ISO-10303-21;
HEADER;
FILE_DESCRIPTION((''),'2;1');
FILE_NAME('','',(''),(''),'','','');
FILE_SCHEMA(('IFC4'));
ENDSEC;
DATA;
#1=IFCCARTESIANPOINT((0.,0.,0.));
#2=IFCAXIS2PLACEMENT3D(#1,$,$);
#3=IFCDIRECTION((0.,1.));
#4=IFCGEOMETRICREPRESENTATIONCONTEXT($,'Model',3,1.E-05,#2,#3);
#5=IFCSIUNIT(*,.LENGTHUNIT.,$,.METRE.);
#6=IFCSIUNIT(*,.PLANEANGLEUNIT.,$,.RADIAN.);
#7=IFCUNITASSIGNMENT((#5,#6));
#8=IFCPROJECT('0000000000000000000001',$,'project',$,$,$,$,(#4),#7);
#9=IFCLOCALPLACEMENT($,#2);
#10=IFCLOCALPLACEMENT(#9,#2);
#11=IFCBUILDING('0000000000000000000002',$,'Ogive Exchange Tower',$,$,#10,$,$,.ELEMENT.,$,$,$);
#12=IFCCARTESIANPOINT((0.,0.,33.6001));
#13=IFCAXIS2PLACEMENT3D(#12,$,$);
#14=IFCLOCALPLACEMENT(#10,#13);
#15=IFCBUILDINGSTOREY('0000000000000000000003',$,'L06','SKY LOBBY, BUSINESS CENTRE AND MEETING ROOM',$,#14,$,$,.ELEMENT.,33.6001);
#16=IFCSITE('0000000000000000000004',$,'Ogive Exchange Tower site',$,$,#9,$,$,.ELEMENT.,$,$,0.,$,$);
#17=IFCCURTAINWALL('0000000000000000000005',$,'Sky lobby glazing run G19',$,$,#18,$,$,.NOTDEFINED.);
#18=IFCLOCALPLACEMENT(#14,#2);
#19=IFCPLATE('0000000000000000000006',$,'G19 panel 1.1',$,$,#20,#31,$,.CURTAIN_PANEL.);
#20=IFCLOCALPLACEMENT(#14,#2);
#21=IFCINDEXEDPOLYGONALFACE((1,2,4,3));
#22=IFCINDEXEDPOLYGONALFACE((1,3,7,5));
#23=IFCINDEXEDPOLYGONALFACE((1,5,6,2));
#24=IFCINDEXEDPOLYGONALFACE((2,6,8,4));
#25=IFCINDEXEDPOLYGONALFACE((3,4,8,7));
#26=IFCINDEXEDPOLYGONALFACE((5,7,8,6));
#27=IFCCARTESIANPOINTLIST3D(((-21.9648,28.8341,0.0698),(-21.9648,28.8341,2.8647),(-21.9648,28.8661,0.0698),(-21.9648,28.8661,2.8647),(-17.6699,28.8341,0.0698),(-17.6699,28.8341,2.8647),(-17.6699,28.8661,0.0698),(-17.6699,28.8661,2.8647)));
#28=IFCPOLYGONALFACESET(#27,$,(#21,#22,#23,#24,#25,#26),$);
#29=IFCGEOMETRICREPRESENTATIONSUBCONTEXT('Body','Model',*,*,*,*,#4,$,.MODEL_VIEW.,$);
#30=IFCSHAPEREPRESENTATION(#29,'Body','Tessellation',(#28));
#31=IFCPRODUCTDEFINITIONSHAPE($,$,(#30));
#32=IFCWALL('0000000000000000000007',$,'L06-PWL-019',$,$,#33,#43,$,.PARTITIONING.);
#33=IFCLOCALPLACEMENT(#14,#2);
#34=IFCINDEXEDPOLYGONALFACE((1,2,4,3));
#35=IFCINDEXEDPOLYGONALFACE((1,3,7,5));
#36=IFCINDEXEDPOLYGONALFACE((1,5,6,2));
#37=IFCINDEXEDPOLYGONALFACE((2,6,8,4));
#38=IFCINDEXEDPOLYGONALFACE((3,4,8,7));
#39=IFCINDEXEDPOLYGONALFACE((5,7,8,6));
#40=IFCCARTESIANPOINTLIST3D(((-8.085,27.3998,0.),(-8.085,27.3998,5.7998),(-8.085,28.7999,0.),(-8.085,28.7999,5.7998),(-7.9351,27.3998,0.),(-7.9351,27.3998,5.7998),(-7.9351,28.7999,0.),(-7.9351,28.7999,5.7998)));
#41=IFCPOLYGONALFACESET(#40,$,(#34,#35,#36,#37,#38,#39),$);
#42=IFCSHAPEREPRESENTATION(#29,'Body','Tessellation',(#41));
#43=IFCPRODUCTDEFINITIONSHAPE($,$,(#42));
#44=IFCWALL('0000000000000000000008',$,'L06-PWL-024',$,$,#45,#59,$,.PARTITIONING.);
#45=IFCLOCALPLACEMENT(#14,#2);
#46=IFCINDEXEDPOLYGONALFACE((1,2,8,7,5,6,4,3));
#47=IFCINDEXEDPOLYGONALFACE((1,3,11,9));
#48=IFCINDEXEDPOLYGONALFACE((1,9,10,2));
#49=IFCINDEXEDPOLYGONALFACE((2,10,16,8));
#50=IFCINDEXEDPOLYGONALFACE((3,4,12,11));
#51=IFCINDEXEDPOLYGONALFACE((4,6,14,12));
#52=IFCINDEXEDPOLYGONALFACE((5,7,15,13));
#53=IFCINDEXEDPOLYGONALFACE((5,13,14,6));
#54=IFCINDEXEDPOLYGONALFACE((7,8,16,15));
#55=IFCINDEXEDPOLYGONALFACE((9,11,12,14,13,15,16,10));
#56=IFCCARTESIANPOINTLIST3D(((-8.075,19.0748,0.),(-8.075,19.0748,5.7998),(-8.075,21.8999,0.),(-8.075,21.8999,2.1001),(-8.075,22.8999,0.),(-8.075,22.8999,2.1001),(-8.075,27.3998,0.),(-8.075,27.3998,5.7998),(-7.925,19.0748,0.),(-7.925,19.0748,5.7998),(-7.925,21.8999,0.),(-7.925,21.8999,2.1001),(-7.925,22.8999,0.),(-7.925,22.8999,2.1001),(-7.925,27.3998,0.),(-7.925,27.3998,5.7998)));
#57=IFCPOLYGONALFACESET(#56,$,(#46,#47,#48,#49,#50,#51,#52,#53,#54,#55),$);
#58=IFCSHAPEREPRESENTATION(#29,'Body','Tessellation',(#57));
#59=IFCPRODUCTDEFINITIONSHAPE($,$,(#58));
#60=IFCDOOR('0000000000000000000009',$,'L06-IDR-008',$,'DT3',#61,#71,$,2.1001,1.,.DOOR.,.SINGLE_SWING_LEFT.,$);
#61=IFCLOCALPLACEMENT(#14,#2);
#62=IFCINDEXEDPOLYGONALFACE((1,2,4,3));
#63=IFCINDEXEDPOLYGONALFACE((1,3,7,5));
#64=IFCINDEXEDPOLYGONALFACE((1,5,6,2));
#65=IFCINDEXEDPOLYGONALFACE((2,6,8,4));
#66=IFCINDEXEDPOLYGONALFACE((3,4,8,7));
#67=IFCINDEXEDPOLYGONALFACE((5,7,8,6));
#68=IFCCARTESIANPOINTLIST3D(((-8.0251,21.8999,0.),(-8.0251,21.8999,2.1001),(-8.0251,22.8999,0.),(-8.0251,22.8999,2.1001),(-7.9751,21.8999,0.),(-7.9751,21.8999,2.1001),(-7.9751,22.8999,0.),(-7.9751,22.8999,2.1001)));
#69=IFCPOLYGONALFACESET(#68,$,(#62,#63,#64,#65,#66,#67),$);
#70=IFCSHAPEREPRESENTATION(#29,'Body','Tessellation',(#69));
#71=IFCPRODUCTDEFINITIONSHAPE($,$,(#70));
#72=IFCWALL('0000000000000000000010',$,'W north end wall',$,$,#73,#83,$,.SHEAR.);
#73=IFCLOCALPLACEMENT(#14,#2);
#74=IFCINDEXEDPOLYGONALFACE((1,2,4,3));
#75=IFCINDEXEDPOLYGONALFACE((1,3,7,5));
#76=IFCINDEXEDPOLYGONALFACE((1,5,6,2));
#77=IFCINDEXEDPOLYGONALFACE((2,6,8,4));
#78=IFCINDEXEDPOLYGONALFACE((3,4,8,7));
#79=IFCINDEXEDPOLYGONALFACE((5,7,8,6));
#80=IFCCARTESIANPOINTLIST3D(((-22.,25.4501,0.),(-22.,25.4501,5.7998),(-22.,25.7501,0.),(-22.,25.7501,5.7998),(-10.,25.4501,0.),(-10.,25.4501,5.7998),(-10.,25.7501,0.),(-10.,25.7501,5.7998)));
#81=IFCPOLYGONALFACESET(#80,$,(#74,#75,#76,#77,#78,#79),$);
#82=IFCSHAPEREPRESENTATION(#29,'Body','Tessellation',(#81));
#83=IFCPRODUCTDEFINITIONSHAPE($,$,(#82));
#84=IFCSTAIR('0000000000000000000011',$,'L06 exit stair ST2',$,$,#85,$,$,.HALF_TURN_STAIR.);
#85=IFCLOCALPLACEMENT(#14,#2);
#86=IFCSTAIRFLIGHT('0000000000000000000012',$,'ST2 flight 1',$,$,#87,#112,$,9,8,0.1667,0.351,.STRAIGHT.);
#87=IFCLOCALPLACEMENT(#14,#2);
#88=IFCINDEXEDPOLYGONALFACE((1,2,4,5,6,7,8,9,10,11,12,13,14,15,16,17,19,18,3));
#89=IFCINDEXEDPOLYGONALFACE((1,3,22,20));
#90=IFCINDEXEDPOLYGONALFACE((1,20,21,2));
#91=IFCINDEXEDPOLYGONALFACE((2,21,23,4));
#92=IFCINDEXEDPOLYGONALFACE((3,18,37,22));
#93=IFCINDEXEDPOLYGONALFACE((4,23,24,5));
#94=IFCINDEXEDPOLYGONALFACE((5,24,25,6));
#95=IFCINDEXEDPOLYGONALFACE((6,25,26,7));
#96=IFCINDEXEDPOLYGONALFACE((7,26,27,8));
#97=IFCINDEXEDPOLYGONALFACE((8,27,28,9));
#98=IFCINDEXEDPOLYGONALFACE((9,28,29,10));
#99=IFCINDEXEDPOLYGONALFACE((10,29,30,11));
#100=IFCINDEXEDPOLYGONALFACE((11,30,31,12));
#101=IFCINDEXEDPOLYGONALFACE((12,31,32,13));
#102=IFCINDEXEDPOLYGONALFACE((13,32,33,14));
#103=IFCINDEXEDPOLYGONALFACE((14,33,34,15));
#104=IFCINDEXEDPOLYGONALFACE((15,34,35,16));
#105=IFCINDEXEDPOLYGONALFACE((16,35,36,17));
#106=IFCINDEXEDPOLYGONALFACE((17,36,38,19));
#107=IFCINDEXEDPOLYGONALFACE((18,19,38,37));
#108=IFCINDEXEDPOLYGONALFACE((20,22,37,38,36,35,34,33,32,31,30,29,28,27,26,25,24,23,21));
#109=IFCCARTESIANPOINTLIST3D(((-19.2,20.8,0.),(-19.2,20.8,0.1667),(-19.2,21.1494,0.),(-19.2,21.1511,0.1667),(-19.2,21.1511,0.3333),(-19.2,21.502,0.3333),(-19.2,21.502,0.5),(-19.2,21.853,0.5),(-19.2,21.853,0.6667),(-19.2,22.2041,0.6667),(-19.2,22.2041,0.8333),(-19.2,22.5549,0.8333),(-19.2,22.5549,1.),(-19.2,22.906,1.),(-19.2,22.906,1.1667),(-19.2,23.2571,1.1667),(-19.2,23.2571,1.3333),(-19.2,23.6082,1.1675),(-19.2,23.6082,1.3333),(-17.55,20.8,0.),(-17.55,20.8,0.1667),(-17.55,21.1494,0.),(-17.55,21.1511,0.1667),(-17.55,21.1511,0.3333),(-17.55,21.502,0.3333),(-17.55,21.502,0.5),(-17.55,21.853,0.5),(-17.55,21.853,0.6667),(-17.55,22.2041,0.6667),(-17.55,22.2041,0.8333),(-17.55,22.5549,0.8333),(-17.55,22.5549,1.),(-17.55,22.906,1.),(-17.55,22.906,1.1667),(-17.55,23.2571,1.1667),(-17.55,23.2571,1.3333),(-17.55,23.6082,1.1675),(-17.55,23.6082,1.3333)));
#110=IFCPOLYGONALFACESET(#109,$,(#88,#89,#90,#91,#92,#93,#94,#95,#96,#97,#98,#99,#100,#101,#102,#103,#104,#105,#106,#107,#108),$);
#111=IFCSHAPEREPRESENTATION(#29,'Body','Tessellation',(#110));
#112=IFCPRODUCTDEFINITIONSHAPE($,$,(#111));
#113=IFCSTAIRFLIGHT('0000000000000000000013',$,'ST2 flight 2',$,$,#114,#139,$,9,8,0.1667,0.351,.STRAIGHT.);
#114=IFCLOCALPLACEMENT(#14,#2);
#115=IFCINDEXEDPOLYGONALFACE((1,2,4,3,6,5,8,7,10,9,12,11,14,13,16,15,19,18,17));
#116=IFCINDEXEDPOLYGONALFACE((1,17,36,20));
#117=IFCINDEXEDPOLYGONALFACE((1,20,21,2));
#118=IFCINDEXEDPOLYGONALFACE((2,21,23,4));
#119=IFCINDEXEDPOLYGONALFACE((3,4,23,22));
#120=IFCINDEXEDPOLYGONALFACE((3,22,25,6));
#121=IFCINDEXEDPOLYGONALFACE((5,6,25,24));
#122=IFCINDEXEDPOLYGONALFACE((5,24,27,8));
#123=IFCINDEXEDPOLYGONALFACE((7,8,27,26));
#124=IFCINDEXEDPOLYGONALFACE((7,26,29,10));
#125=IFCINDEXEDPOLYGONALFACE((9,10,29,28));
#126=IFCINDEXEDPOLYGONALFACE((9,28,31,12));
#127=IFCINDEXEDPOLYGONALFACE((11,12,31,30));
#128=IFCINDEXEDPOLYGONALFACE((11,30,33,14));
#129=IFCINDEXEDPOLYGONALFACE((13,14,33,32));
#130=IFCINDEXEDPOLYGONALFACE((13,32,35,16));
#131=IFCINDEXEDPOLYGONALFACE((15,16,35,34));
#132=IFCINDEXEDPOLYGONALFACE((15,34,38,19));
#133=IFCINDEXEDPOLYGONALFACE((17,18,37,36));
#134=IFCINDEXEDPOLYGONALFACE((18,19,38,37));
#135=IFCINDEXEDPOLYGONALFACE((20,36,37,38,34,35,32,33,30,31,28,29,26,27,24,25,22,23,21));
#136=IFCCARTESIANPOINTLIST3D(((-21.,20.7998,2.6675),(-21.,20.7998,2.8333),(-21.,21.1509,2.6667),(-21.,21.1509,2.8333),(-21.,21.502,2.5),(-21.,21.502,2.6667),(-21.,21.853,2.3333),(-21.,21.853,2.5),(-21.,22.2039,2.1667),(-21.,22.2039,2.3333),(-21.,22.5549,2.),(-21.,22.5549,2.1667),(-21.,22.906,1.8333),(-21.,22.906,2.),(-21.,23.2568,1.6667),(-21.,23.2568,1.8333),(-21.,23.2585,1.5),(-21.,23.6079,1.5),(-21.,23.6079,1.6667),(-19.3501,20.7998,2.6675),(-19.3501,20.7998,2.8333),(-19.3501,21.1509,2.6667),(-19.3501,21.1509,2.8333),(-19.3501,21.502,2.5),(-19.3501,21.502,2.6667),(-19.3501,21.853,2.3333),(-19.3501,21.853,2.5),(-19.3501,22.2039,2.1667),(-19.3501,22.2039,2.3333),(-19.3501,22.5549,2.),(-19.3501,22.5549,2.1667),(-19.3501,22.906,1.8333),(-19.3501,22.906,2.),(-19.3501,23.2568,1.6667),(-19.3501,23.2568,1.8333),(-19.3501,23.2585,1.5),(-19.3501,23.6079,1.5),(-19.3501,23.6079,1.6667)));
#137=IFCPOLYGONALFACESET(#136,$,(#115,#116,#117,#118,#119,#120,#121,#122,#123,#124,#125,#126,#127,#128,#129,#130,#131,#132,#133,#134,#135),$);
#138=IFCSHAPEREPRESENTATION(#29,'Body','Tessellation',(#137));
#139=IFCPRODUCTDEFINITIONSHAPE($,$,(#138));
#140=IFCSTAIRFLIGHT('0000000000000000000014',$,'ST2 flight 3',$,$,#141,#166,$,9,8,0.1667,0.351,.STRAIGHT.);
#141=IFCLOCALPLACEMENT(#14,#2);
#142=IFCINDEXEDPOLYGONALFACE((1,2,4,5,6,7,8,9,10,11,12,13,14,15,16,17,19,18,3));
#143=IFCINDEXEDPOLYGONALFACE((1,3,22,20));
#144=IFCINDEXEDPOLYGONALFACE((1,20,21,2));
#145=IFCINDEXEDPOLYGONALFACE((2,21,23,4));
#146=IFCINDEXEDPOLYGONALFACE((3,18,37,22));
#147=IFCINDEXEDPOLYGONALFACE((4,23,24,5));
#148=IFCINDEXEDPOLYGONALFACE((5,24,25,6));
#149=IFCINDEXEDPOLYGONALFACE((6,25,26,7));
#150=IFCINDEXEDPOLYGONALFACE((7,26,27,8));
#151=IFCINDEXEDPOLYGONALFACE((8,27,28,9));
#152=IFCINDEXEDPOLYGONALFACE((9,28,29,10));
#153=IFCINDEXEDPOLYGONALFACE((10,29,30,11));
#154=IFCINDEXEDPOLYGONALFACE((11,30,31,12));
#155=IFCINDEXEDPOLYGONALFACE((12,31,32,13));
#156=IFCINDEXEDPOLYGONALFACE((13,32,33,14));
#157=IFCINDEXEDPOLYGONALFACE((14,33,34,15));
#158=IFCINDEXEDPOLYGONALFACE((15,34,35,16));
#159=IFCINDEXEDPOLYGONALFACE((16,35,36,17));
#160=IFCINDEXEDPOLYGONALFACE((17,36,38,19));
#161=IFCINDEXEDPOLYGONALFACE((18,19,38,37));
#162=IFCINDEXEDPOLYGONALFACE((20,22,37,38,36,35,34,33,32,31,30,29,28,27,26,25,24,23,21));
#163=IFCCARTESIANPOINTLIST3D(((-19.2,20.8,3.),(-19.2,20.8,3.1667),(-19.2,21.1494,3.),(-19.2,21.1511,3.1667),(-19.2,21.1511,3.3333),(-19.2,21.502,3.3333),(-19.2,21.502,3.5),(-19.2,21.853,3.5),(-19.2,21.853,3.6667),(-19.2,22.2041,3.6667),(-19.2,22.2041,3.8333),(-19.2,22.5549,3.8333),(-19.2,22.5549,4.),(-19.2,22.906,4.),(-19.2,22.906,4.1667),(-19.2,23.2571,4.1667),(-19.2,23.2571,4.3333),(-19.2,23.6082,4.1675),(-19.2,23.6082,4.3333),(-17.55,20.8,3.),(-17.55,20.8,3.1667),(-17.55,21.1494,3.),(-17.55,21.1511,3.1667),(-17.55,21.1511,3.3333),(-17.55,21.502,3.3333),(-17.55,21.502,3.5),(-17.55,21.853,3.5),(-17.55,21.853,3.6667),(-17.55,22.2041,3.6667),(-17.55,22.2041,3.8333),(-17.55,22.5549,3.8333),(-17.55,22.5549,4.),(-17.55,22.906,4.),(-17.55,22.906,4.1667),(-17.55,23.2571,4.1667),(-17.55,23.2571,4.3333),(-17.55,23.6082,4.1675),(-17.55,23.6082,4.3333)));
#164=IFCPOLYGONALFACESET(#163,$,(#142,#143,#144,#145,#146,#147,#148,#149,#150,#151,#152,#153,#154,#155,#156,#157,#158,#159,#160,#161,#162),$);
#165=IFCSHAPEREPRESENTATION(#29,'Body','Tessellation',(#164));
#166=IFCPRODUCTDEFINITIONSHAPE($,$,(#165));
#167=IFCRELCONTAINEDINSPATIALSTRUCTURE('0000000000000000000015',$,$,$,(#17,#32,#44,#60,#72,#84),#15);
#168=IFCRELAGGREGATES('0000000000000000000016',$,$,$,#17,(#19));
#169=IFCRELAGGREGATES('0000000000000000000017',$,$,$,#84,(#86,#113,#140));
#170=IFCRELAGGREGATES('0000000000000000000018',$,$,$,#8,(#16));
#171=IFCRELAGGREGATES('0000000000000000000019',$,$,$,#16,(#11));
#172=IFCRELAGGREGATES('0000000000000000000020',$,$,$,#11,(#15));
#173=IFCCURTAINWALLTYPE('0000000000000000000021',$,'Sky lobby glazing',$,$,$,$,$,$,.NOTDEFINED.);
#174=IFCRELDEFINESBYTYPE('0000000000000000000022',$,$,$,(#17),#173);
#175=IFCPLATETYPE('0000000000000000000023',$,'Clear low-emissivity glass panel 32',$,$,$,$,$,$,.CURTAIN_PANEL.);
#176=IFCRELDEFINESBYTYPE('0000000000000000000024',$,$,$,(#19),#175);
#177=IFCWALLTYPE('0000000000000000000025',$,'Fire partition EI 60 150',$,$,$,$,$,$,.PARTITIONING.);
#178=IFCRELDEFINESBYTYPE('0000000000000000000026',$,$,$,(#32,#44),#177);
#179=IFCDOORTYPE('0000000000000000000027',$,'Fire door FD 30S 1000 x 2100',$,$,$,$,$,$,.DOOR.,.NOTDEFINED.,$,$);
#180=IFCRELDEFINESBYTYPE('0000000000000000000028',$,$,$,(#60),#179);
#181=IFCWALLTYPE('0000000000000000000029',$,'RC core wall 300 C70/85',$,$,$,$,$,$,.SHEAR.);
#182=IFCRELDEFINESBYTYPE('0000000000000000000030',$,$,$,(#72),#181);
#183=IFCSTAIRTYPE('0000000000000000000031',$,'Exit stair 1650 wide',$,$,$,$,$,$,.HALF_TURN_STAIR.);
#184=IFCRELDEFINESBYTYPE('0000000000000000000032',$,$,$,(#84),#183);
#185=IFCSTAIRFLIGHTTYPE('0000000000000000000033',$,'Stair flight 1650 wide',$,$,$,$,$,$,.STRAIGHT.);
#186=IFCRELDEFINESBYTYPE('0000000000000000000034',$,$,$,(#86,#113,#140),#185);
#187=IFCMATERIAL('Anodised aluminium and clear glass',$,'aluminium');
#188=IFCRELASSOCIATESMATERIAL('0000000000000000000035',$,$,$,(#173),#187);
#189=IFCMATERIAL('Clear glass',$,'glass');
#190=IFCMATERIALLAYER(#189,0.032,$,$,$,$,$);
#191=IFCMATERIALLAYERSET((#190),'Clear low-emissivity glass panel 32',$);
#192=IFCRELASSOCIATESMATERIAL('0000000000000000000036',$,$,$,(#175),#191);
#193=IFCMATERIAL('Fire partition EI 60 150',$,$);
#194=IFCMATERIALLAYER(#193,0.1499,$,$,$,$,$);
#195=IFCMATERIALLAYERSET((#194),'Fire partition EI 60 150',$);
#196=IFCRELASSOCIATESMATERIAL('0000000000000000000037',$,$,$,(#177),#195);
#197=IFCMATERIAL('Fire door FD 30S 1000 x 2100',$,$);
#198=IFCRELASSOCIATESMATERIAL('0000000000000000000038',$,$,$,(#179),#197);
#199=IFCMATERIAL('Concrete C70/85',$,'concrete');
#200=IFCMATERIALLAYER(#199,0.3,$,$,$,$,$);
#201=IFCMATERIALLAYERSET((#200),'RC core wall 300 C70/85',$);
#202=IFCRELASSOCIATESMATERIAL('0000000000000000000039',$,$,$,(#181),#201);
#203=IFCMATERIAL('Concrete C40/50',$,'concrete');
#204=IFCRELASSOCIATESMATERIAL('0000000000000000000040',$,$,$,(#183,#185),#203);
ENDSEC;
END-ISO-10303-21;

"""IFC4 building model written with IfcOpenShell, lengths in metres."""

from ifc_helpers import new_model, si_unit, direction, frame, frame_2d, origin, origin_2d, place, context, subcontext, project, spatial, polyline, rectangle, outline, extrude, material, layer, layer_set, type_object, element, fill, aggregate, save


model = new_model("IFC4")

# Units and contexts
model_context = context("Model", 3, precision=1e-05, world=origin(), true_north=direction((0.0, 1.0)))
body_context = subcontext(model_context, "Body", "Model", "MODEL_VIEW")
ifc_project = project(units=[si_unit("LENGTHUNIT", "METRE"), si_unit("PLANEANGLEUNIT", "RADIAN")], contexts=[model_context])

# Site, building, storey
site_placement = place(None, origin())
site = spatial("IfcSite", under=ifc_project, at=site_placement, Name="Ogive Exchange Tower site", CompositionType="ELEMENT", RefElevation=0.0)
building_placement = place(site_placement, origin())
building = spatial("IfcBuilding", under=site, at=building_placement, Name="Ogive Exchange Tower", CompositionType="ELEMENT")
storey_placement = place(building_placement, frame((0.0, 0.0, 33.6001)))
storey = spatial("IfcBuildingStorey", under=building, at=storey_placement, Name="L06", Description="SKY LOBBY, BUSINESS CENTRE AND MEETING ROOM", CompositionType="ELEMENT", Elevation=33.6001)

# Curtain wall, plate
ifc_material_1 = material(Name="Anodised aluminium and clear glass", Category="aluminium")
curtain_wall_type = type_object("IfcCurtainWallType", Name="Sky lobby glazing", PredefinedType="NOTDEFINED", material=ifc_material_1)
curtain_wall_placement = place(storey_placement, origin())
curtain_wall = element("IfcCurtainWall", 1, at=curtain_wall_placement, inside=storey, type_object=curtain_wall_type, Name="Sky lobby glazing run G19", PredefinedType="NOTDEFINED")
ifc_material_2 = material(Name="Clear glass", Category="glass")
ifc_layer_1 = layer(ifc_material_2, 0.032)
ifc_layer_set_1 = layer_set([ifc_layer_1], Name="Clear low-emissivity glass panel 32")
plate_type = type_object("IfcPlateType", Name="Clear low-emissivity glass panel 32", PredefinedType="CURTAIN_PANEL", material=ifc_layer_set_1)
plate_placement = place(storey_placement, frame((-19.8174, 28.8501, 0.0698), z_axis=(0.0, 0.0, 1.0), x_axis=(-1.0, 0.0, 0.0)))
plate = element("IfcPlate", 2, at=plate_placement, type_object=plate_type, Name="G19 panel 1.1", PredefinedType="CURTAIN_PANEL", context=body_context, shape_type="SweptSolid", body=[
    extrude(rectangle(XDim=4.2949, YDim=0.032, at=origin_2d()), origin(), (0.0, 0.0, 1.0), 2.7949),
])
aggregate(curtain_wall, [plate])

# Wall
ifc_material_3 = material(Name="Fire partition EI 60 150")
ifc_layer_2 = layer(ifc_material_3, 0.1499)
ifc_layer_set_2 = layer_set([ifc_layer_2], Name="Fire partition EI 60 150")
wall_type_1 = type_object("IfcWallType", Name="Fire partition EI 60 150", PredefinedType="PARTITIONING", material=ifc_layer_set_2)
wall_1_placement = place(storey_placement, frame((-8.01, 28.8, 0.0), z_axis=(0.0, 0.0, 1.0), x_axis=(0.0, -1.0, 0.0)))
element("IfcWall", 3, at=wall_1_placement, inside=storey, type_object=wall_type_1, Name="L06-PWL-019", PredefinedType="PARTITIONING", context=body_context, shape_type="SweptSolid", body=[
    extrude(rectangle(XDim=1.4001, YDim=0.1499, at=frame_2d((0.7002, 0.0))), origin(), (0.0, 0.0, 1.0), 5.7998),
])

# Wall, opening, door
wall_2_placement = place(storey_placement, frame((-8.0, 27.3999, 0.0), z_axis=(0.0, 0.0, 1.0), x_axis=(0.0, -1.0, 0.0)))
wall_2 = element("IfcWall", 4, at=wall_2_placement, inside=storey, type_object=wall_type_1, Name="L06-PWL-024", PredefinedType="PARTITIONING", context=body_context, shape_type="SweptSolid", body=[
    extrude(rectangle(XDim=8.325, YDim=0.1499, at=frame_2d((4.1626, 0.0))), origin(), (0.0, 0.0, 1.0), 5.7998),
])
opening_placement = place(wall_2_placement, frame((4.5, 0.0, 0.0)))
opening = element("IfcOpeningElement", 5, at=opening_placement, cuts=wall_2, PredefinedType="OPENING", context=body_context, shape_type="SweptSolid", body=[
    extrude(rectangle(XDim=1.0, YDim=2.1001, at=frame_2d((0.5, 1.05))), frame((0.0, 0.085, 0.0), z_axis=(0.0, -1.0, 0.0), x_axis=(1.0, 0.0, 0.0)), (0.0, 0.0, 1.0), 0.1699),
])
ifc_material_4 = material(Name="Fire door FD 30S 1000 x 2100")
door_type = type_object("IfcDoorType", Name="Fire door FD 30S 1000 x 2100", OperationType="NOTDEFINED", PredefinedType="DOOR", material=ifc_material_4)
door_placement = place(opening_placement, origin())
door = element("IfcDoor", 6, at=door_placement, inside=storey, type_object=door_type, Name="L06-IDR-008", ObjectType="DT3", OperationType="SINGLE_SWING_LEFT", OverallHeight=2.1001, OverallWidth=1.0, PredefinedType="DOOR", context=body_context, shape_type="SweptSolid", body=[
    extrude(rectangle(XDim=1.0, YDim=2.1001, at=frame_2d((0.5, 1.05))), frame((0.0, 0.0249, 0.0), z_axis=(0.0, -1.0, 0.0), x_axis=(1.0, 0.0, 0.0)), (0.0, 0.0, 1.0), 0.05),
])
fill(opening, door)

# Wall
ifc_material_5 = material(Name="Concrete C70/85", Category="concrete")
ifc_layer_3 = layer(ifc_material_5, 0.3)
ifc_layer_set_3 = layer_set([ifc_layer_3], Name="RC core wall 300 C70/85")
wall_type_2 = type_object("IfcWallType", Name="RC core wall 300 C70/85", PredefinedType="SHEAR", material=ifc_layer_set_3)
wall_3_placement = place(storey_placement, frame((-22.0, 25.6001, 0.0), z_axis=(0.0, 0.0, 1.0), x_axis=(1.0, 0.0, 0.0)))
element("IfcWall", 7, at=wall_3_placement, inside=storey, type_object=wall_type_2, Name="W north end wall", PredefinedType="SHEAR", context=body_context, shape_type="SweptSolid", body=[
    extrude(rectangle(XDim=12.0, YDim=0.3, at=frame_2d((6.0, 0.0))), origin(), (0.0, 0.0, 1.0), 5.7998),
])

# Stair, stair flights
ifc_material_6 = material(Name="Concrete C40/50", Category="concrete")
stair_type = type_object("IfcStairType", Name="Exit stair 1650 wide", PredefinedType="HALF_TURN_STAIR", material=ifc_material_6)
stair_placement = place(storey_placement, origin())
stair = element("IfcStair", 8, at=stair_placement, inside=storey, type_object=stair_type, Name="L06 exit stair ST2", PredefinedType="HALF_TURN_STAIR")
stair_flight_type = type_object("IfcStairFlightType", Name="Stair flight 1650 wide", PredefinedType="STRAIGHT", material=ifc_material_6)
stair_flight_1_placement = place(storey_placement, frame((-18.375, 20.8, 0.0), z_axis=(0.0, 0.0, 1.0), x_axis=(0.0, 1.0, 0.0)))
stair_flight_1 = element("IfcStairFlight", 9, at=stair_flight_1_placement, type_object=stair_flight_type, Name="ST2 flight 1", NumberOfRisers=9, NumberOfTreads=8, PredefinedType="STRAIGHT", RiserHeight=0.1667, TreadLength=0.351, context=body_context, shape_type="SweptSolid", body=[
    extrude(outline(polyline([(0.0, 0.0), (0.0, 0.1667), (0.3511, 0.1667), (0.3511, 0.3333), (0.7019, 0.3333), (0.7019, 0.5), (1.053, 0.5), (1.053, 0.6667), (1.4041, 0.6667), (1.4041, 0.8333), (1.7549, 0.8333), (1.7549, 1.0), (2.106, 1.0), (2.106, 1.1667), (2.457, 1.1667), (2.457, 1.3333), (2.8081, 1.3333), (2.8081, 1.5), (2.8081, 1.1675), (0.3494, 0.0), (0.0, 0.0)])), frame((0.0, 0.825, 0.0), z_axis=(0.0, -1.0, 0.0), x_axis=(1.0, 0.0, 0.0)), (0.0, 0.0, 1.0), 1.6499),
])
stair_flight_2_placement = place(storey_placement, frame((-20.175, 23.6079, 1.5), z_axis=(0.0, 0.0, 1.0), x_axis=(0.0, -1.0, 0.0)))
stair_flight_2 = element("IfcStairFlight", 10, at=stair_flight_2_placement, type_object=stair_flight_type, Name="ST2 flight 2", NumberOfRisers=9, NumberOfTreads=8, PredefinedType="STRAIGHT", RiserHeight=0.1667, TreadLength=0.351, context=body_context, shape_type="SweptSolid", body=[
    extrude(outline(polyline([(0.0, 0.0), (0.0, 0.1667), (0.3511, 0.1667), (0.3511, 0.3333), (0.7019, 0.3333), (0.7019, 0.5), (1.053, 0.5), (1.053, 0.6667), (1.4041, 0.6667), (1.4041, 0.8333), (1.7549, 0.8333), (1.7549, 1.0), (2.106, 1.0), (2.106, 1.1667), (2.457, 1.1667), (2.457, 1.3333), (2.8081, 1.3333), (2.8081, 1.5), (2.8081, 1.1675), (0.3494, 0.0), (0.0, 0.0)])), frame((0.0, 0.825, 0.0), z_axis=(0.0, -1.0, 0.0), x_axis=(1.0, 0.0, 0.0)), (0.0, 0.0, 1.0), 1.6499),
])
stair_flight_3_placement = place(storey_placement, frame((-18.375, 20.8, 3.0), z_axis=(0.0, 0.0, 1.0), x_axis=(0.0, 1.0, 0.0)))
stair_flight_3 = element("IfcStairFlight", 11, at=stair_flight_3_placement, type_object=stair_flight_type, Name="ST2 flight 3", NumberOfRisers=9, NumberOfTreads=8, PredefinedType="STRAIGHT", RiserHeight=0.1667, TreadLength=0.351, context=body_context, shape_type="SweptSolid", body=[
    extrude(outline(polyline([(0.0, 0.0), (0.0, 0.1667), (0.3511, 0.1667), (0.3511, 0.3333), (0.7019, 0.3333), (0.7019, 0.5), (1.053, 0.5), (1.053, 0.6667), (1.4041, 0.6667), (1.4041, 0.8333), (1.7549, 0.8333), (1.7549, 1.0), (2.106, 1.0), (2.106, 1.1667), (2.457, 1.1667), (2.457, 1.3333), (2.8081, 1.3333), (2.8081, 1.5), (2.8081, 1.1675), (0.3494, 0.0), (0.0, 0.0)])), frame((0.0, 0.825, 0.0), z_axis=(0.0, -1.0, 0.0), x_axis=(1.0, 0.0, 0.0)), (0.0, 0.0, 1.0), 1.6499),
])
aggregate(stair, [stair_flight_1, stair_flight_2, stair_flight_3])

save(model, "model.ifc")
